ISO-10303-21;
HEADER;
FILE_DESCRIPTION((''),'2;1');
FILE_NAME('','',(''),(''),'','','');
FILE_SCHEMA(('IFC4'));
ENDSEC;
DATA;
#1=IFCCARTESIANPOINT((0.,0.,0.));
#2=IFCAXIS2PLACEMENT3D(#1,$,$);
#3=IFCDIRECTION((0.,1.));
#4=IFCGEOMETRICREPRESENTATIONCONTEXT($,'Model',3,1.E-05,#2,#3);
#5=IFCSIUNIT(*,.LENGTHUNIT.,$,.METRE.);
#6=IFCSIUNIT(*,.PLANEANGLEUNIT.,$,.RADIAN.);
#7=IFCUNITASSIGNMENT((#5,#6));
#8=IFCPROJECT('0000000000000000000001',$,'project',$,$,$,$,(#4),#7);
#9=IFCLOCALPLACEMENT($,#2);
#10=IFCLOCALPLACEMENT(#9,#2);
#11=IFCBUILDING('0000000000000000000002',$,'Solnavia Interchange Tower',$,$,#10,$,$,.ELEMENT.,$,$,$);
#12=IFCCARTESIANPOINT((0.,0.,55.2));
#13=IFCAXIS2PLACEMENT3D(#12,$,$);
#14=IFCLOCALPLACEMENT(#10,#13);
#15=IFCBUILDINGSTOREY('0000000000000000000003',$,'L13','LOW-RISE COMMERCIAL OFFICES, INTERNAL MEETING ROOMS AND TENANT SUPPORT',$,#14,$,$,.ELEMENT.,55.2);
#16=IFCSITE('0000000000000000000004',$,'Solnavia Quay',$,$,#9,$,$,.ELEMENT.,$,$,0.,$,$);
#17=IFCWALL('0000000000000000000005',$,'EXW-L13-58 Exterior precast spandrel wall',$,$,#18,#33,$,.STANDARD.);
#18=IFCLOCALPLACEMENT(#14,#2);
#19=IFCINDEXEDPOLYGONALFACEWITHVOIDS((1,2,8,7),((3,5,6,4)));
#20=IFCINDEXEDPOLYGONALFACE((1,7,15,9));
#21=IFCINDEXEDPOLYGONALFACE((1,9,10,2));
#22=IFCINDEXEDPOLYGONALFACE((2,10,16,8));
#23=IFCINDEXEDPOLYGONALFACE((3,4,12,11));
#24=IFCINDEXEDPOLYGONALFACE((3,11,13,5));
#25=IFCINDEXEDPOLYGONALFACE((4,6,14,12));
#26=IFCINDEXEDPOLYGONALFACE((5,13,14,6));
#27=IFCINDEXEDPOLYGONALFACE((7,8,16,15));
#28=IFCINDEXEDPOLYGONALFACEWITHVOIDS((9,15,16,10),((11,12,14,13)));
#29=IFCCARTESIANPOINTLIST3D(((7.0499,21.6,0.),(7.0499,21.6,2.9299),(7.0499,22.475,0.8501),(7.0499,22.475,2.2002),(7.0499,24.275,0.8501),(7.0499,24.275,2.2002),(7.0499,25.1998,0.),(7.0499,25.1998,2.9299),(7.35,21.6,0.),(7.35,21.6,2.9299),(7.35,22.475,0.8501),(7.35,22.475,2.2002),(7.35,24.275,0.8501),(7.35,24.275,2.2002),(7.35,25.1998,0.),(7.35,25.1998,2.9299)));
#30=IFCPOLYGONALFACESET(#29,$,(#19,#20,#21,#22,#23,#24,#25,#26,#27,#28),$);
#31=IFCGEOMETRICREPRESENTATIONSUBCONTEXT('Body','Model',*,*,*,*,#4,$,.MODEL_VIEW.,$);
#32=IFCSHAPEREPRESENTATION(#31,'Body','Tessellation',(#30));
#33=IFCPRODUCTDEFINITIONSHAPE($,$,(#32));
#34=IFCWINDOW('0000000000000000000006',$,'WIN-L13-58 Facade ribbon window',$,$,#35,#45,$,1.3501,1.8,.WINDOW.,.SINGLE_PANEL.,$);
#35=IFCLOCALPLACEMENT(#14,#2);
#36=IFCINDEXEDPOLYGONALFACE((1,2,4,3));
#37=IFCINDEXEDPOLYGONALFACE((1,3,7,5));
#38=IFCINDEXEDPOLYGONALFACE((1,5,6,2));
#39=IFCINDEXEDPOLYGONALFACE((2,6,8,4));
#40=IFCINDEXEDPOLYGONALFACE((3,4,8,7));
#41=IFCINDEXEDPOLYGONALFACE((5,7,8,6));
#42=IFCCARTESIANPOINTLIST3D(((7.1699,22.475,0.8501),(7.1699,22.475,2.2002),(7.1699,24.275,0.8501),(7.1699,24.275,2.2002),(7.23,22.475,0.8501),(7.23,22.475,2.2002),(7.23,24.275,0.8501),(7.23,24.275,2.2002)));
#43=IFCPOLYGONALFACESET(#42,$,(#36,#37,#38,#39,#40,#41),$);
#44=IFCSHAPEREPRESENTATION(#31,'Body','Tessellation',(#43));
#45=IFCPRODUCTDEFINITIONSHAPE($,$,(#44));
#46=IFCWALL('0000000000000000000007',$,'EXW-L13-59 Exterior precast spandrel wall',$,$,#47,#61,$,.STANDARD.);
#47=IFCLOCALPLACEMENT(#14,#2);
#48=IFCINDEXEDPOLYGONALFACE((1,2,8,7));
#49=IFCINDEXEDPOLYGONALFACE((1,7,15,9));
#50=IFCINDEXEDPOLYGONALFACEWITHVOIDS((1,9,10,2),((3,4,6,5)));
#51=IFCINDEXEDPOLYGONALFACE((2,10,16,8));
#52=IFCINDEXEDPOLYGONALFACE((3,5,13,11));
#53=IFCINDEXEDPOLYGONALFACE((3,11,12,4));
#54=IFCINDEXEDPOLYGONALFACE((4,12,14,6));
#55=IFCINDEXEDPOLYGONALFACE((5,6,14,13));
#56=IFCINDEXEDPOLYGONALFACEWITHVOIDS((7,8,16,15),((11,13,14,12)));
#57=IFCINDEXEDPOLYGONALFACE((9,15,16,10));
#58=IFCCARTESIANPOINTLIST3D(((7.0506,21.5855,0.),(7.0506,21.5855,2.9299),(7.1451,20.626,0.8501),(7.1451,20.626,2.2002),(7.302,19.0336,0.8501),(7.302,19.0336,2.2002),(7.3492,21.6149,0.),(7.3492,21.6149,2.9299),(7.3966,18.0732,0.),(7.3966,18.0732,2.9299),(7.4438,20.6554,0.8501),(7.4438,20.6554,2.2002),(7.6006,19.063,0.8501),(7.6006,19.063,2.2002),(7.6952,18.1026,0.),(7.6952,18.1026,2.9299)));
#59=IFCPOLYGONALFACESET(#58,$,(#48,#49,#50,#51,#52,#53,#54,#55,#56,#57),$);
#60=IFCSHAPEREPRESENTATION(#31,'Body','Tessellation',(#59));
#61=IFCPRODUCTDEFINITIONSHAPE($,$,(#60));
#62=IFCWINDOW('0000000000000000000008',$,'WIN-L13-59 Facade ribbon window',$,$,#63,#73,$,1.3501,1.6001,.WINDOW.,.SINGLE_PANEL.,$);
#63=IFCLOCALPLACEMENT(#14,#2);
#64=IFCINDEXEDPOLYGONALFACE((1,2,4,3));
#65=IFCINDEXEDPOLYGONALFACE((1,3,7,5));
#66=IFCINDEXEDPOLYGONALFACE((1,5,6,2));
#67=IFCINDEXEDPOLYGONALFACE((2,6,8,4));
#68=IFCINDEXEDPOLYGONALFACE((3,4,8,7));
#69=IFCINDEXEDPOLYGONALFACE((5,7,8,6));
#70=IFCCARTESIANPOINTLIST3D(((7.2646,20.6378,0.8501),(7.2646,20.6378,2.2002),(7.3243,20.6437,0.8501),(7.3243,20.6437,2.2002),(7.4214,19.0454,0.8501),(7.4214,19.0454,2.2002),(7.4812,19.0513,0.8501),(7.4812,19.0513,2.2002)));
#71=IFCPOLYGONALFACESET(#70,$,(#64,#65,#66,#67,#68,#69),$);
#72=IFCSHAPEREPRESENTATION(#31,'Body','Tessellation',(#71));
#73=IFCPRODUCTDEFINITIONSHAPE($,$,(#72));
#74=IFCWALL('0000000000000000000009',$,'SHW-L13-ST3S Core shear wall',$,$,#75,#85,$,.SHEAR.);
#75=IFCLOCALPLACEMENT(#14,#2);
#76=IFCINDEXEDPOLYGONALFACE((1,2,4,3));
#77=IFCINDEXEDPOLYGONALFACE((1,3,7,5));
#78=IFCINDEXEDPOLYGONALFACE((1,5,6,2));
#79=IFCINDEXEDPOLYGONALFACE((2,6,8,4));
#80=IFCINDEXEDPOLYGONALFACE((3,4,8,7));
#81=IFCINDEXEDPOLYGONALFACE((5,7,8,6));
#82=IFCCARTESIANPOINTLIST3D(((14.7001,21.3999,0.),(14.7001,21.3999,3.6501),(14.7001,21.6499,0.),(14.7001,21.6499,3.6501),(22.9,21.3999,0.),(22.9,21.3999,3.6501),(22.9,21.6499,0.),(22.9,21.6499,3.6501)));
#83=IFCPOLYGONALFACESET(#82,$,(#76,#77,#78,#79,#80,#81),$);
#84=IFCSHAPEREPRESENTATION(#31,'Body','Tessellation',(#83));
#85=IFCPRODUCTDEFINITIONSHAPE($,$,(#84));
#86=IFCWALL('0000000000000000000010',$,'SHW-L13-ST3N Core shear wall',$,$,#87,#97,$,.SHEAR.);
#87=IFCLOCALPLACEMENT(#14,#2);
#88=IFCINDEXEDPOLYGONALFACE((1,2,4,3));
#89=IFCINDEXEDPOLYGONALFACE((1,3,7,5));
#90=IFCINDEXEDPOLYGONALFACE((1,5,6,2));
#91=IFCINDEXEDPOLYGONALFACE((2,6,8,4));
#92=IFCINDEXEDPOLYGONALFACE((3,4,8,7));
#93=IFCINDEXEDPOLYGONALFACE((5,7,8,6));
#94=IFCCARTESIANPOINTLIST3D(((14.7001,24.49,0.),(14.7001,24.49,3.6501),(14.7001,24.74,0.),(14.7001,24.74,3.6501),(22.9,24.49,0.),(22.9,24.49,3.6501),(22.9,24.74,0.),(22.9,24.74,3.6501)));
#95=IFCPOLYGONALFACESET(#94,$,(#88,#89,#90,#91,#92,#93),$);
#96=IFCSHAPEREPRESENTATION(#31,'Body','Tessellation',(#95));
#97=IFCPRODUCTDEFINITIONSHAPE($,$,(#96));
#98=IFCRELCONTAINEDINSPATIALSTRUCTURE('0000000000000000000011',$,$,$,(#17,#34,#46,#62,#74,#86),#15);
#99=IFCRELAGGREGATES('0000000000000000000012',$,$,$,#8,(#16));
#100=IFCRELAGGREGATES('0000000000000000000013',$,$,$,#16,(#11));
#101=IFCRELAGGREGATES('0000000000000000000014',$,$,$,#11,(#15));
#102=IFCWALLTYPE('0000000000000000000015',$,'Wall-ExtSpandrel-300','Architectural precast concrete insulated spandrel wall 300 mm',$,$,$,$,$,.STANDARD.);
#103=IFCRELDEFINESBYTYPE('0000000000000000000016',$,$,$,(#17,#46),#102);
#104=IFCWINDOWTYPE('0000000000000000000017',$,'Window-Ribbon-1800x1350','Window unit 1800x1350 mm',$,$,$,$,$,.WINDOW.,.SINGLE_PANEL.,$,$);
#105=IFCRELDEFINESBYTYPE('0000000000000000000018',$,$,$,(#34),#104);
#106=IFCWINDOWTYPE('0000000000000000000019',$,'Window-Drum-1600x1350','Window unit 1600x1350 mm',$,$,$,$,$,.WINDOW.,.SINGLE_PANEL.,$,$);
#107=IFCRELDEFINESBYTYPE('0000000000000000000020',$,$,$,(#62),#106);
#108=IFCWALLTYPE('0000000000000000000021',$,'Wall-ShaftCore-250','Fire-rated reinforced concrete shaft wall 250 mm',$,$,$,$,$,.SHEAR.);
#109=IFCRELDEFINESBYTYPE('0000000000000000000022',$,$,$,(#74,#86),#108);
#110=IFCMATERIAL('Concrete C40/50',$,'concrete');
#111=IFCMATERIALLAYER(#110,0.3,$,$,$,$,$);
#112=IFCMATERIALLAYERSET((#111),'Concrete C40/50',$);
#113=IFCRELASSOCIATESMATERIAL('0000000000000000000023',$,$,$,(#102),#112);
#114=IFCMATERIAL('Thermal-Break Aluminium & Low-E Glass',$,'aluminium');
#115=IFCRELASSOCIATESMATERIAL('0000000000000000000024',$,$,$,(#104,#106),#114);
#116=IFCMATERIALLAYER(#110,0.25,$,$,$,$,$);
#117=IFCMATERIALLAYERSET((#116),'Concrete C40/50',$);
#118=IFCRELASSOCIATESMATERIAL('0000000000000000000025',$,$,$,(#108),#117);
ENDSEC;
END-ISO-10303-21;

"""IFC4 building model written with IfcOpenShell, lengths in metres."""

from ifc_helpers import new_model, si_unit, direction, frame, frame_2d, origin, place, context, subcontext, project, spatial, rectangle, extrude, material, layer, layer_set, type_object, element, fill, save


model = new_model("IFC4")

# Units and contexts
model_context = context("Model", 3, precision=1e-05, world=origin(), true_north=direction((0.0, 1.0)))
body_context = subcontext(model_context, "Body", "Model", "MODEL_VIEW")
ifc_project = project(units=[si_unit("LENGTHUNIT", "METRE"), si_unit("PLANEANGLEUNIT", "RADIAN")], contexts=[model_context])

# Site, building, storey
site_placement = place(None, origin())
site = spatial("IfcSite", under=ifc_project, at=site_placement, Name="Solnavia Quay", CompositionType="ELEMENT", RefElevation=0.0)
building_placement = place(site_placement, origin())
building = spatial("IfcBuilding", under=site, at=building_placement, Name="Solnavia Interchange Tower", CompositionType="ELEMENT")
storey_placement = place(building_placement, frame((0.0, 0.0, 55.2)))
storey = spatial("IfcBuildingStorey", under=building, at=storey_placement, Name="L13", Description="LOW-RISE COMMERCIAL OFFICES, INTERNAL MEETING ROOMS AND TENANT SUPPORT", CompositionType="ELEMENT", Elevation=55.2)

# Walls, openings, windows
ifc_material_1 = material(Name="Concrete C40/50", Category="concrete")
ifc_layer_1 = layer(ifc_material_1, 0.3)
ifc_layer_set_1 = layer_set([ifc_layer_1], Name="Concrete C40/50")
wall_type_1 = type_object("IfcWallType", Name="Wall-ExtSpandrel-300", Description="Architectural precast concrete insulated spandrel wall 300 mm", PredefinedType="STANDARD", material=ifc_layer_set_1)
wall_1_placement = place(storey_placement, frame((7.2, 21.6001, 0.0), z_axis=(0.0, 0.0, 1.0), x_axis=(0.0, 1.0, 0.0)))
wall_1 = element("IfcWall", 1, at=wall_1_placement, inside=storey, type_object=wall_type_1, Name="EXW-L13-58 Exterior precast spandrel wall", PredefinedType="STANDARD", context=body_context, shape_type="SweptSolid", body=[
    extrude(rectangle(XDim=3.5999, YDim=0.3, at=frame_2d((1.7998, 0.0))), origin(), (0.0, 0.0, 1.0), 2.9299),
])
opening_1_placement = place(wall_1_placement, frame((0.875, 0.0, 0.8501)))
opening_1 = element("IfcOpeningElement", 2, at=opening_1_placement, cuts=wall_1, PredefinedType="OPENING", context=body_context, shape_type="SweptSolid", body=[
    extrude(rectangle(XDim=1.8, YDim=1.3501, at=frame_2d((0.8999, 0.675))), frame((0.0, 0.1602, 0.0), z_axis=(0.0, -1.0, 0.0), x_axis=(1.0, 0.0, 0.0)), (0.0, 0.0, 1.0), 0.3201),
])
ifc_material_2 = material(Name="Thermal-Break Aluminium & Low-E Glass", Category="aluminium")
window_type_1 = type_object("IfcWindowType", Name="Window-Ribbon-1800x1350", Description="Window unit 1800x1350 mm", PartitioningType="SINGLE_PANEL", PredefinedType="WINDOW", material=ifc_material_2)
window_1_placement = place(opening_1_placement, origin())
window_1 = element("IfcWindow", 3, at=window_1_placement, inside=storey, type_object=window_type_1, Name="WIN-L13-58 Facade ribbon window", OverallHeight=1.3501, OverallWidth=1.8, PartitioningType="SINGLE_PANEL", PredefinedType="WINDOW", context=body_context, shape_type="SweptSolid", body=[
    extrude(rectangle(XDim=1.8, YDim=1.3501, at=frame_2d((0.8999, 0.675))), frame((0.0, 0.03, 0.0), z_axis=(0.0, -1.0, 0.0), x_axis=(1.0, 0.0, 0.0)), (0.0, 0.0, 1.0), 0.0601),
])
fill(opening_1, window_1)
wall_2_placement = place(storey_placement, frame((7.5459, 18.0879, 0.0), z_axis=(0.0, 0.0, 1.0), x_axis=(-0.098024, 0.995184, 0.0)))
wall_2 = element("IfcWall", 4, at=wall_2_placement, inside=storey, type_object=wall_type_1, Name="EXW-L13-59 Exterior precast spandrel wall", PredefinedType="STANDARD", context=body_context, shape_type="SweptSolid", body=[
    extrude(rectangle(XDim=3.5293, YDim=0.3, at=frame_2d((1.7646, 0.0))), origin(), (0.0, 0.0, 1.0), 2.9299),
])
opening_2_placement = place(wall_2_placement, frame((0.9651, 0.0, 0.8501)))
opening_2 = element("IfcOpeningElement", 5, at=opening_2_placement, cuts=wall_2, PredefinedType="OPENING", context=body_context, shape_type="SweptSolid", body=[
    extrude(rectangle(XDim=1.6001, YDim=1.3501, at=frame_2d((0.8, 0.675))), frame((0.0, 0.1602, 0.0), z_axis=(0.0, -1.0, 0.0), x_axis=(1.0, 0.0, 0.0)), (0.0, 0.0, 1.0), 0.3201),
])
window_type_2 = type_object("IfcWindowType", Name="Window-Drum-1600x1350", Description="Window unit 1600x1350 mm", PartitioningType="SINGLE_PANEL", PredefinedType="WINDOW", material=ifc_material_2)
window_2_placement = place(opening_2_placement, origin())
window_2 = element("IfcWindow", 6, at=window_2_placement, inside=storey, type_object=window_type_2, Name="WIN-L13-59 Facade ribbon window", OverallHeight=1.3501, OverallWidth=1.6001, PartitioningType="SINGLE_PANEL", PredefinedType="WINDOW", context=body_context, shape_type="SweptSolid", body=[
    extrude(rectangle(XDim=1.6001, YDim=1.3501, at=frame_2d((0.8, 0.675))), frame((0.0, 0.03, 0.0), z_axis=(0.0, -1.0, 0.0), x_axis=(1.0, 0.0, 0.0)), (0.0, 0.0, 1.0), 0.0601),
])
fill(opening_2, window_2)

# Walls
ifc_layer_2 = layer(ifc_material_1, 0.25)
ifc_layer_set_2 = layer_set([ifc_layer_2], Name="Concrete C40/50")
wall_type_2 = type_object("IfcWallType", Name="Wall-ShaftCore-250", Description="Fire-rated reinforced concrete shaft wall 250 mm", PredefinedType="SHEAR", material=ifc_layer_set_2)
for number, where, z_axis, x_axis, name in (
    (7, (14.7, 21.5249, 0.0), (0.0, 0.0, 1.0), (1.0, 0.0, 0.0), "SHW-L13-ST3S Core shear wall"),
    (8, (14.7, 24.615, 0.0), (0.0, 0.0, 1.0), (1.0, 0.0, 0.0), "SHW-L13-ST3N Core shear wall"),
):
    element("IfcWall", number, at=place(storey_placement, frame(where, z_axis=z_axis, x_axis=x_axis)), inside=storey, type_object=wall_type_2, Name=name, PredefinedType="SHEAR", context=body_context, shape_type="SweptSolid", body=[
        extrude(rectangle(XDim=8.2, YDim=0.25, at=frame_2d((4.1001, 0.0))), origin(), (0.0, 0.0, 1.0), 3.6501),
    ])

save(model, "model.ifc")
